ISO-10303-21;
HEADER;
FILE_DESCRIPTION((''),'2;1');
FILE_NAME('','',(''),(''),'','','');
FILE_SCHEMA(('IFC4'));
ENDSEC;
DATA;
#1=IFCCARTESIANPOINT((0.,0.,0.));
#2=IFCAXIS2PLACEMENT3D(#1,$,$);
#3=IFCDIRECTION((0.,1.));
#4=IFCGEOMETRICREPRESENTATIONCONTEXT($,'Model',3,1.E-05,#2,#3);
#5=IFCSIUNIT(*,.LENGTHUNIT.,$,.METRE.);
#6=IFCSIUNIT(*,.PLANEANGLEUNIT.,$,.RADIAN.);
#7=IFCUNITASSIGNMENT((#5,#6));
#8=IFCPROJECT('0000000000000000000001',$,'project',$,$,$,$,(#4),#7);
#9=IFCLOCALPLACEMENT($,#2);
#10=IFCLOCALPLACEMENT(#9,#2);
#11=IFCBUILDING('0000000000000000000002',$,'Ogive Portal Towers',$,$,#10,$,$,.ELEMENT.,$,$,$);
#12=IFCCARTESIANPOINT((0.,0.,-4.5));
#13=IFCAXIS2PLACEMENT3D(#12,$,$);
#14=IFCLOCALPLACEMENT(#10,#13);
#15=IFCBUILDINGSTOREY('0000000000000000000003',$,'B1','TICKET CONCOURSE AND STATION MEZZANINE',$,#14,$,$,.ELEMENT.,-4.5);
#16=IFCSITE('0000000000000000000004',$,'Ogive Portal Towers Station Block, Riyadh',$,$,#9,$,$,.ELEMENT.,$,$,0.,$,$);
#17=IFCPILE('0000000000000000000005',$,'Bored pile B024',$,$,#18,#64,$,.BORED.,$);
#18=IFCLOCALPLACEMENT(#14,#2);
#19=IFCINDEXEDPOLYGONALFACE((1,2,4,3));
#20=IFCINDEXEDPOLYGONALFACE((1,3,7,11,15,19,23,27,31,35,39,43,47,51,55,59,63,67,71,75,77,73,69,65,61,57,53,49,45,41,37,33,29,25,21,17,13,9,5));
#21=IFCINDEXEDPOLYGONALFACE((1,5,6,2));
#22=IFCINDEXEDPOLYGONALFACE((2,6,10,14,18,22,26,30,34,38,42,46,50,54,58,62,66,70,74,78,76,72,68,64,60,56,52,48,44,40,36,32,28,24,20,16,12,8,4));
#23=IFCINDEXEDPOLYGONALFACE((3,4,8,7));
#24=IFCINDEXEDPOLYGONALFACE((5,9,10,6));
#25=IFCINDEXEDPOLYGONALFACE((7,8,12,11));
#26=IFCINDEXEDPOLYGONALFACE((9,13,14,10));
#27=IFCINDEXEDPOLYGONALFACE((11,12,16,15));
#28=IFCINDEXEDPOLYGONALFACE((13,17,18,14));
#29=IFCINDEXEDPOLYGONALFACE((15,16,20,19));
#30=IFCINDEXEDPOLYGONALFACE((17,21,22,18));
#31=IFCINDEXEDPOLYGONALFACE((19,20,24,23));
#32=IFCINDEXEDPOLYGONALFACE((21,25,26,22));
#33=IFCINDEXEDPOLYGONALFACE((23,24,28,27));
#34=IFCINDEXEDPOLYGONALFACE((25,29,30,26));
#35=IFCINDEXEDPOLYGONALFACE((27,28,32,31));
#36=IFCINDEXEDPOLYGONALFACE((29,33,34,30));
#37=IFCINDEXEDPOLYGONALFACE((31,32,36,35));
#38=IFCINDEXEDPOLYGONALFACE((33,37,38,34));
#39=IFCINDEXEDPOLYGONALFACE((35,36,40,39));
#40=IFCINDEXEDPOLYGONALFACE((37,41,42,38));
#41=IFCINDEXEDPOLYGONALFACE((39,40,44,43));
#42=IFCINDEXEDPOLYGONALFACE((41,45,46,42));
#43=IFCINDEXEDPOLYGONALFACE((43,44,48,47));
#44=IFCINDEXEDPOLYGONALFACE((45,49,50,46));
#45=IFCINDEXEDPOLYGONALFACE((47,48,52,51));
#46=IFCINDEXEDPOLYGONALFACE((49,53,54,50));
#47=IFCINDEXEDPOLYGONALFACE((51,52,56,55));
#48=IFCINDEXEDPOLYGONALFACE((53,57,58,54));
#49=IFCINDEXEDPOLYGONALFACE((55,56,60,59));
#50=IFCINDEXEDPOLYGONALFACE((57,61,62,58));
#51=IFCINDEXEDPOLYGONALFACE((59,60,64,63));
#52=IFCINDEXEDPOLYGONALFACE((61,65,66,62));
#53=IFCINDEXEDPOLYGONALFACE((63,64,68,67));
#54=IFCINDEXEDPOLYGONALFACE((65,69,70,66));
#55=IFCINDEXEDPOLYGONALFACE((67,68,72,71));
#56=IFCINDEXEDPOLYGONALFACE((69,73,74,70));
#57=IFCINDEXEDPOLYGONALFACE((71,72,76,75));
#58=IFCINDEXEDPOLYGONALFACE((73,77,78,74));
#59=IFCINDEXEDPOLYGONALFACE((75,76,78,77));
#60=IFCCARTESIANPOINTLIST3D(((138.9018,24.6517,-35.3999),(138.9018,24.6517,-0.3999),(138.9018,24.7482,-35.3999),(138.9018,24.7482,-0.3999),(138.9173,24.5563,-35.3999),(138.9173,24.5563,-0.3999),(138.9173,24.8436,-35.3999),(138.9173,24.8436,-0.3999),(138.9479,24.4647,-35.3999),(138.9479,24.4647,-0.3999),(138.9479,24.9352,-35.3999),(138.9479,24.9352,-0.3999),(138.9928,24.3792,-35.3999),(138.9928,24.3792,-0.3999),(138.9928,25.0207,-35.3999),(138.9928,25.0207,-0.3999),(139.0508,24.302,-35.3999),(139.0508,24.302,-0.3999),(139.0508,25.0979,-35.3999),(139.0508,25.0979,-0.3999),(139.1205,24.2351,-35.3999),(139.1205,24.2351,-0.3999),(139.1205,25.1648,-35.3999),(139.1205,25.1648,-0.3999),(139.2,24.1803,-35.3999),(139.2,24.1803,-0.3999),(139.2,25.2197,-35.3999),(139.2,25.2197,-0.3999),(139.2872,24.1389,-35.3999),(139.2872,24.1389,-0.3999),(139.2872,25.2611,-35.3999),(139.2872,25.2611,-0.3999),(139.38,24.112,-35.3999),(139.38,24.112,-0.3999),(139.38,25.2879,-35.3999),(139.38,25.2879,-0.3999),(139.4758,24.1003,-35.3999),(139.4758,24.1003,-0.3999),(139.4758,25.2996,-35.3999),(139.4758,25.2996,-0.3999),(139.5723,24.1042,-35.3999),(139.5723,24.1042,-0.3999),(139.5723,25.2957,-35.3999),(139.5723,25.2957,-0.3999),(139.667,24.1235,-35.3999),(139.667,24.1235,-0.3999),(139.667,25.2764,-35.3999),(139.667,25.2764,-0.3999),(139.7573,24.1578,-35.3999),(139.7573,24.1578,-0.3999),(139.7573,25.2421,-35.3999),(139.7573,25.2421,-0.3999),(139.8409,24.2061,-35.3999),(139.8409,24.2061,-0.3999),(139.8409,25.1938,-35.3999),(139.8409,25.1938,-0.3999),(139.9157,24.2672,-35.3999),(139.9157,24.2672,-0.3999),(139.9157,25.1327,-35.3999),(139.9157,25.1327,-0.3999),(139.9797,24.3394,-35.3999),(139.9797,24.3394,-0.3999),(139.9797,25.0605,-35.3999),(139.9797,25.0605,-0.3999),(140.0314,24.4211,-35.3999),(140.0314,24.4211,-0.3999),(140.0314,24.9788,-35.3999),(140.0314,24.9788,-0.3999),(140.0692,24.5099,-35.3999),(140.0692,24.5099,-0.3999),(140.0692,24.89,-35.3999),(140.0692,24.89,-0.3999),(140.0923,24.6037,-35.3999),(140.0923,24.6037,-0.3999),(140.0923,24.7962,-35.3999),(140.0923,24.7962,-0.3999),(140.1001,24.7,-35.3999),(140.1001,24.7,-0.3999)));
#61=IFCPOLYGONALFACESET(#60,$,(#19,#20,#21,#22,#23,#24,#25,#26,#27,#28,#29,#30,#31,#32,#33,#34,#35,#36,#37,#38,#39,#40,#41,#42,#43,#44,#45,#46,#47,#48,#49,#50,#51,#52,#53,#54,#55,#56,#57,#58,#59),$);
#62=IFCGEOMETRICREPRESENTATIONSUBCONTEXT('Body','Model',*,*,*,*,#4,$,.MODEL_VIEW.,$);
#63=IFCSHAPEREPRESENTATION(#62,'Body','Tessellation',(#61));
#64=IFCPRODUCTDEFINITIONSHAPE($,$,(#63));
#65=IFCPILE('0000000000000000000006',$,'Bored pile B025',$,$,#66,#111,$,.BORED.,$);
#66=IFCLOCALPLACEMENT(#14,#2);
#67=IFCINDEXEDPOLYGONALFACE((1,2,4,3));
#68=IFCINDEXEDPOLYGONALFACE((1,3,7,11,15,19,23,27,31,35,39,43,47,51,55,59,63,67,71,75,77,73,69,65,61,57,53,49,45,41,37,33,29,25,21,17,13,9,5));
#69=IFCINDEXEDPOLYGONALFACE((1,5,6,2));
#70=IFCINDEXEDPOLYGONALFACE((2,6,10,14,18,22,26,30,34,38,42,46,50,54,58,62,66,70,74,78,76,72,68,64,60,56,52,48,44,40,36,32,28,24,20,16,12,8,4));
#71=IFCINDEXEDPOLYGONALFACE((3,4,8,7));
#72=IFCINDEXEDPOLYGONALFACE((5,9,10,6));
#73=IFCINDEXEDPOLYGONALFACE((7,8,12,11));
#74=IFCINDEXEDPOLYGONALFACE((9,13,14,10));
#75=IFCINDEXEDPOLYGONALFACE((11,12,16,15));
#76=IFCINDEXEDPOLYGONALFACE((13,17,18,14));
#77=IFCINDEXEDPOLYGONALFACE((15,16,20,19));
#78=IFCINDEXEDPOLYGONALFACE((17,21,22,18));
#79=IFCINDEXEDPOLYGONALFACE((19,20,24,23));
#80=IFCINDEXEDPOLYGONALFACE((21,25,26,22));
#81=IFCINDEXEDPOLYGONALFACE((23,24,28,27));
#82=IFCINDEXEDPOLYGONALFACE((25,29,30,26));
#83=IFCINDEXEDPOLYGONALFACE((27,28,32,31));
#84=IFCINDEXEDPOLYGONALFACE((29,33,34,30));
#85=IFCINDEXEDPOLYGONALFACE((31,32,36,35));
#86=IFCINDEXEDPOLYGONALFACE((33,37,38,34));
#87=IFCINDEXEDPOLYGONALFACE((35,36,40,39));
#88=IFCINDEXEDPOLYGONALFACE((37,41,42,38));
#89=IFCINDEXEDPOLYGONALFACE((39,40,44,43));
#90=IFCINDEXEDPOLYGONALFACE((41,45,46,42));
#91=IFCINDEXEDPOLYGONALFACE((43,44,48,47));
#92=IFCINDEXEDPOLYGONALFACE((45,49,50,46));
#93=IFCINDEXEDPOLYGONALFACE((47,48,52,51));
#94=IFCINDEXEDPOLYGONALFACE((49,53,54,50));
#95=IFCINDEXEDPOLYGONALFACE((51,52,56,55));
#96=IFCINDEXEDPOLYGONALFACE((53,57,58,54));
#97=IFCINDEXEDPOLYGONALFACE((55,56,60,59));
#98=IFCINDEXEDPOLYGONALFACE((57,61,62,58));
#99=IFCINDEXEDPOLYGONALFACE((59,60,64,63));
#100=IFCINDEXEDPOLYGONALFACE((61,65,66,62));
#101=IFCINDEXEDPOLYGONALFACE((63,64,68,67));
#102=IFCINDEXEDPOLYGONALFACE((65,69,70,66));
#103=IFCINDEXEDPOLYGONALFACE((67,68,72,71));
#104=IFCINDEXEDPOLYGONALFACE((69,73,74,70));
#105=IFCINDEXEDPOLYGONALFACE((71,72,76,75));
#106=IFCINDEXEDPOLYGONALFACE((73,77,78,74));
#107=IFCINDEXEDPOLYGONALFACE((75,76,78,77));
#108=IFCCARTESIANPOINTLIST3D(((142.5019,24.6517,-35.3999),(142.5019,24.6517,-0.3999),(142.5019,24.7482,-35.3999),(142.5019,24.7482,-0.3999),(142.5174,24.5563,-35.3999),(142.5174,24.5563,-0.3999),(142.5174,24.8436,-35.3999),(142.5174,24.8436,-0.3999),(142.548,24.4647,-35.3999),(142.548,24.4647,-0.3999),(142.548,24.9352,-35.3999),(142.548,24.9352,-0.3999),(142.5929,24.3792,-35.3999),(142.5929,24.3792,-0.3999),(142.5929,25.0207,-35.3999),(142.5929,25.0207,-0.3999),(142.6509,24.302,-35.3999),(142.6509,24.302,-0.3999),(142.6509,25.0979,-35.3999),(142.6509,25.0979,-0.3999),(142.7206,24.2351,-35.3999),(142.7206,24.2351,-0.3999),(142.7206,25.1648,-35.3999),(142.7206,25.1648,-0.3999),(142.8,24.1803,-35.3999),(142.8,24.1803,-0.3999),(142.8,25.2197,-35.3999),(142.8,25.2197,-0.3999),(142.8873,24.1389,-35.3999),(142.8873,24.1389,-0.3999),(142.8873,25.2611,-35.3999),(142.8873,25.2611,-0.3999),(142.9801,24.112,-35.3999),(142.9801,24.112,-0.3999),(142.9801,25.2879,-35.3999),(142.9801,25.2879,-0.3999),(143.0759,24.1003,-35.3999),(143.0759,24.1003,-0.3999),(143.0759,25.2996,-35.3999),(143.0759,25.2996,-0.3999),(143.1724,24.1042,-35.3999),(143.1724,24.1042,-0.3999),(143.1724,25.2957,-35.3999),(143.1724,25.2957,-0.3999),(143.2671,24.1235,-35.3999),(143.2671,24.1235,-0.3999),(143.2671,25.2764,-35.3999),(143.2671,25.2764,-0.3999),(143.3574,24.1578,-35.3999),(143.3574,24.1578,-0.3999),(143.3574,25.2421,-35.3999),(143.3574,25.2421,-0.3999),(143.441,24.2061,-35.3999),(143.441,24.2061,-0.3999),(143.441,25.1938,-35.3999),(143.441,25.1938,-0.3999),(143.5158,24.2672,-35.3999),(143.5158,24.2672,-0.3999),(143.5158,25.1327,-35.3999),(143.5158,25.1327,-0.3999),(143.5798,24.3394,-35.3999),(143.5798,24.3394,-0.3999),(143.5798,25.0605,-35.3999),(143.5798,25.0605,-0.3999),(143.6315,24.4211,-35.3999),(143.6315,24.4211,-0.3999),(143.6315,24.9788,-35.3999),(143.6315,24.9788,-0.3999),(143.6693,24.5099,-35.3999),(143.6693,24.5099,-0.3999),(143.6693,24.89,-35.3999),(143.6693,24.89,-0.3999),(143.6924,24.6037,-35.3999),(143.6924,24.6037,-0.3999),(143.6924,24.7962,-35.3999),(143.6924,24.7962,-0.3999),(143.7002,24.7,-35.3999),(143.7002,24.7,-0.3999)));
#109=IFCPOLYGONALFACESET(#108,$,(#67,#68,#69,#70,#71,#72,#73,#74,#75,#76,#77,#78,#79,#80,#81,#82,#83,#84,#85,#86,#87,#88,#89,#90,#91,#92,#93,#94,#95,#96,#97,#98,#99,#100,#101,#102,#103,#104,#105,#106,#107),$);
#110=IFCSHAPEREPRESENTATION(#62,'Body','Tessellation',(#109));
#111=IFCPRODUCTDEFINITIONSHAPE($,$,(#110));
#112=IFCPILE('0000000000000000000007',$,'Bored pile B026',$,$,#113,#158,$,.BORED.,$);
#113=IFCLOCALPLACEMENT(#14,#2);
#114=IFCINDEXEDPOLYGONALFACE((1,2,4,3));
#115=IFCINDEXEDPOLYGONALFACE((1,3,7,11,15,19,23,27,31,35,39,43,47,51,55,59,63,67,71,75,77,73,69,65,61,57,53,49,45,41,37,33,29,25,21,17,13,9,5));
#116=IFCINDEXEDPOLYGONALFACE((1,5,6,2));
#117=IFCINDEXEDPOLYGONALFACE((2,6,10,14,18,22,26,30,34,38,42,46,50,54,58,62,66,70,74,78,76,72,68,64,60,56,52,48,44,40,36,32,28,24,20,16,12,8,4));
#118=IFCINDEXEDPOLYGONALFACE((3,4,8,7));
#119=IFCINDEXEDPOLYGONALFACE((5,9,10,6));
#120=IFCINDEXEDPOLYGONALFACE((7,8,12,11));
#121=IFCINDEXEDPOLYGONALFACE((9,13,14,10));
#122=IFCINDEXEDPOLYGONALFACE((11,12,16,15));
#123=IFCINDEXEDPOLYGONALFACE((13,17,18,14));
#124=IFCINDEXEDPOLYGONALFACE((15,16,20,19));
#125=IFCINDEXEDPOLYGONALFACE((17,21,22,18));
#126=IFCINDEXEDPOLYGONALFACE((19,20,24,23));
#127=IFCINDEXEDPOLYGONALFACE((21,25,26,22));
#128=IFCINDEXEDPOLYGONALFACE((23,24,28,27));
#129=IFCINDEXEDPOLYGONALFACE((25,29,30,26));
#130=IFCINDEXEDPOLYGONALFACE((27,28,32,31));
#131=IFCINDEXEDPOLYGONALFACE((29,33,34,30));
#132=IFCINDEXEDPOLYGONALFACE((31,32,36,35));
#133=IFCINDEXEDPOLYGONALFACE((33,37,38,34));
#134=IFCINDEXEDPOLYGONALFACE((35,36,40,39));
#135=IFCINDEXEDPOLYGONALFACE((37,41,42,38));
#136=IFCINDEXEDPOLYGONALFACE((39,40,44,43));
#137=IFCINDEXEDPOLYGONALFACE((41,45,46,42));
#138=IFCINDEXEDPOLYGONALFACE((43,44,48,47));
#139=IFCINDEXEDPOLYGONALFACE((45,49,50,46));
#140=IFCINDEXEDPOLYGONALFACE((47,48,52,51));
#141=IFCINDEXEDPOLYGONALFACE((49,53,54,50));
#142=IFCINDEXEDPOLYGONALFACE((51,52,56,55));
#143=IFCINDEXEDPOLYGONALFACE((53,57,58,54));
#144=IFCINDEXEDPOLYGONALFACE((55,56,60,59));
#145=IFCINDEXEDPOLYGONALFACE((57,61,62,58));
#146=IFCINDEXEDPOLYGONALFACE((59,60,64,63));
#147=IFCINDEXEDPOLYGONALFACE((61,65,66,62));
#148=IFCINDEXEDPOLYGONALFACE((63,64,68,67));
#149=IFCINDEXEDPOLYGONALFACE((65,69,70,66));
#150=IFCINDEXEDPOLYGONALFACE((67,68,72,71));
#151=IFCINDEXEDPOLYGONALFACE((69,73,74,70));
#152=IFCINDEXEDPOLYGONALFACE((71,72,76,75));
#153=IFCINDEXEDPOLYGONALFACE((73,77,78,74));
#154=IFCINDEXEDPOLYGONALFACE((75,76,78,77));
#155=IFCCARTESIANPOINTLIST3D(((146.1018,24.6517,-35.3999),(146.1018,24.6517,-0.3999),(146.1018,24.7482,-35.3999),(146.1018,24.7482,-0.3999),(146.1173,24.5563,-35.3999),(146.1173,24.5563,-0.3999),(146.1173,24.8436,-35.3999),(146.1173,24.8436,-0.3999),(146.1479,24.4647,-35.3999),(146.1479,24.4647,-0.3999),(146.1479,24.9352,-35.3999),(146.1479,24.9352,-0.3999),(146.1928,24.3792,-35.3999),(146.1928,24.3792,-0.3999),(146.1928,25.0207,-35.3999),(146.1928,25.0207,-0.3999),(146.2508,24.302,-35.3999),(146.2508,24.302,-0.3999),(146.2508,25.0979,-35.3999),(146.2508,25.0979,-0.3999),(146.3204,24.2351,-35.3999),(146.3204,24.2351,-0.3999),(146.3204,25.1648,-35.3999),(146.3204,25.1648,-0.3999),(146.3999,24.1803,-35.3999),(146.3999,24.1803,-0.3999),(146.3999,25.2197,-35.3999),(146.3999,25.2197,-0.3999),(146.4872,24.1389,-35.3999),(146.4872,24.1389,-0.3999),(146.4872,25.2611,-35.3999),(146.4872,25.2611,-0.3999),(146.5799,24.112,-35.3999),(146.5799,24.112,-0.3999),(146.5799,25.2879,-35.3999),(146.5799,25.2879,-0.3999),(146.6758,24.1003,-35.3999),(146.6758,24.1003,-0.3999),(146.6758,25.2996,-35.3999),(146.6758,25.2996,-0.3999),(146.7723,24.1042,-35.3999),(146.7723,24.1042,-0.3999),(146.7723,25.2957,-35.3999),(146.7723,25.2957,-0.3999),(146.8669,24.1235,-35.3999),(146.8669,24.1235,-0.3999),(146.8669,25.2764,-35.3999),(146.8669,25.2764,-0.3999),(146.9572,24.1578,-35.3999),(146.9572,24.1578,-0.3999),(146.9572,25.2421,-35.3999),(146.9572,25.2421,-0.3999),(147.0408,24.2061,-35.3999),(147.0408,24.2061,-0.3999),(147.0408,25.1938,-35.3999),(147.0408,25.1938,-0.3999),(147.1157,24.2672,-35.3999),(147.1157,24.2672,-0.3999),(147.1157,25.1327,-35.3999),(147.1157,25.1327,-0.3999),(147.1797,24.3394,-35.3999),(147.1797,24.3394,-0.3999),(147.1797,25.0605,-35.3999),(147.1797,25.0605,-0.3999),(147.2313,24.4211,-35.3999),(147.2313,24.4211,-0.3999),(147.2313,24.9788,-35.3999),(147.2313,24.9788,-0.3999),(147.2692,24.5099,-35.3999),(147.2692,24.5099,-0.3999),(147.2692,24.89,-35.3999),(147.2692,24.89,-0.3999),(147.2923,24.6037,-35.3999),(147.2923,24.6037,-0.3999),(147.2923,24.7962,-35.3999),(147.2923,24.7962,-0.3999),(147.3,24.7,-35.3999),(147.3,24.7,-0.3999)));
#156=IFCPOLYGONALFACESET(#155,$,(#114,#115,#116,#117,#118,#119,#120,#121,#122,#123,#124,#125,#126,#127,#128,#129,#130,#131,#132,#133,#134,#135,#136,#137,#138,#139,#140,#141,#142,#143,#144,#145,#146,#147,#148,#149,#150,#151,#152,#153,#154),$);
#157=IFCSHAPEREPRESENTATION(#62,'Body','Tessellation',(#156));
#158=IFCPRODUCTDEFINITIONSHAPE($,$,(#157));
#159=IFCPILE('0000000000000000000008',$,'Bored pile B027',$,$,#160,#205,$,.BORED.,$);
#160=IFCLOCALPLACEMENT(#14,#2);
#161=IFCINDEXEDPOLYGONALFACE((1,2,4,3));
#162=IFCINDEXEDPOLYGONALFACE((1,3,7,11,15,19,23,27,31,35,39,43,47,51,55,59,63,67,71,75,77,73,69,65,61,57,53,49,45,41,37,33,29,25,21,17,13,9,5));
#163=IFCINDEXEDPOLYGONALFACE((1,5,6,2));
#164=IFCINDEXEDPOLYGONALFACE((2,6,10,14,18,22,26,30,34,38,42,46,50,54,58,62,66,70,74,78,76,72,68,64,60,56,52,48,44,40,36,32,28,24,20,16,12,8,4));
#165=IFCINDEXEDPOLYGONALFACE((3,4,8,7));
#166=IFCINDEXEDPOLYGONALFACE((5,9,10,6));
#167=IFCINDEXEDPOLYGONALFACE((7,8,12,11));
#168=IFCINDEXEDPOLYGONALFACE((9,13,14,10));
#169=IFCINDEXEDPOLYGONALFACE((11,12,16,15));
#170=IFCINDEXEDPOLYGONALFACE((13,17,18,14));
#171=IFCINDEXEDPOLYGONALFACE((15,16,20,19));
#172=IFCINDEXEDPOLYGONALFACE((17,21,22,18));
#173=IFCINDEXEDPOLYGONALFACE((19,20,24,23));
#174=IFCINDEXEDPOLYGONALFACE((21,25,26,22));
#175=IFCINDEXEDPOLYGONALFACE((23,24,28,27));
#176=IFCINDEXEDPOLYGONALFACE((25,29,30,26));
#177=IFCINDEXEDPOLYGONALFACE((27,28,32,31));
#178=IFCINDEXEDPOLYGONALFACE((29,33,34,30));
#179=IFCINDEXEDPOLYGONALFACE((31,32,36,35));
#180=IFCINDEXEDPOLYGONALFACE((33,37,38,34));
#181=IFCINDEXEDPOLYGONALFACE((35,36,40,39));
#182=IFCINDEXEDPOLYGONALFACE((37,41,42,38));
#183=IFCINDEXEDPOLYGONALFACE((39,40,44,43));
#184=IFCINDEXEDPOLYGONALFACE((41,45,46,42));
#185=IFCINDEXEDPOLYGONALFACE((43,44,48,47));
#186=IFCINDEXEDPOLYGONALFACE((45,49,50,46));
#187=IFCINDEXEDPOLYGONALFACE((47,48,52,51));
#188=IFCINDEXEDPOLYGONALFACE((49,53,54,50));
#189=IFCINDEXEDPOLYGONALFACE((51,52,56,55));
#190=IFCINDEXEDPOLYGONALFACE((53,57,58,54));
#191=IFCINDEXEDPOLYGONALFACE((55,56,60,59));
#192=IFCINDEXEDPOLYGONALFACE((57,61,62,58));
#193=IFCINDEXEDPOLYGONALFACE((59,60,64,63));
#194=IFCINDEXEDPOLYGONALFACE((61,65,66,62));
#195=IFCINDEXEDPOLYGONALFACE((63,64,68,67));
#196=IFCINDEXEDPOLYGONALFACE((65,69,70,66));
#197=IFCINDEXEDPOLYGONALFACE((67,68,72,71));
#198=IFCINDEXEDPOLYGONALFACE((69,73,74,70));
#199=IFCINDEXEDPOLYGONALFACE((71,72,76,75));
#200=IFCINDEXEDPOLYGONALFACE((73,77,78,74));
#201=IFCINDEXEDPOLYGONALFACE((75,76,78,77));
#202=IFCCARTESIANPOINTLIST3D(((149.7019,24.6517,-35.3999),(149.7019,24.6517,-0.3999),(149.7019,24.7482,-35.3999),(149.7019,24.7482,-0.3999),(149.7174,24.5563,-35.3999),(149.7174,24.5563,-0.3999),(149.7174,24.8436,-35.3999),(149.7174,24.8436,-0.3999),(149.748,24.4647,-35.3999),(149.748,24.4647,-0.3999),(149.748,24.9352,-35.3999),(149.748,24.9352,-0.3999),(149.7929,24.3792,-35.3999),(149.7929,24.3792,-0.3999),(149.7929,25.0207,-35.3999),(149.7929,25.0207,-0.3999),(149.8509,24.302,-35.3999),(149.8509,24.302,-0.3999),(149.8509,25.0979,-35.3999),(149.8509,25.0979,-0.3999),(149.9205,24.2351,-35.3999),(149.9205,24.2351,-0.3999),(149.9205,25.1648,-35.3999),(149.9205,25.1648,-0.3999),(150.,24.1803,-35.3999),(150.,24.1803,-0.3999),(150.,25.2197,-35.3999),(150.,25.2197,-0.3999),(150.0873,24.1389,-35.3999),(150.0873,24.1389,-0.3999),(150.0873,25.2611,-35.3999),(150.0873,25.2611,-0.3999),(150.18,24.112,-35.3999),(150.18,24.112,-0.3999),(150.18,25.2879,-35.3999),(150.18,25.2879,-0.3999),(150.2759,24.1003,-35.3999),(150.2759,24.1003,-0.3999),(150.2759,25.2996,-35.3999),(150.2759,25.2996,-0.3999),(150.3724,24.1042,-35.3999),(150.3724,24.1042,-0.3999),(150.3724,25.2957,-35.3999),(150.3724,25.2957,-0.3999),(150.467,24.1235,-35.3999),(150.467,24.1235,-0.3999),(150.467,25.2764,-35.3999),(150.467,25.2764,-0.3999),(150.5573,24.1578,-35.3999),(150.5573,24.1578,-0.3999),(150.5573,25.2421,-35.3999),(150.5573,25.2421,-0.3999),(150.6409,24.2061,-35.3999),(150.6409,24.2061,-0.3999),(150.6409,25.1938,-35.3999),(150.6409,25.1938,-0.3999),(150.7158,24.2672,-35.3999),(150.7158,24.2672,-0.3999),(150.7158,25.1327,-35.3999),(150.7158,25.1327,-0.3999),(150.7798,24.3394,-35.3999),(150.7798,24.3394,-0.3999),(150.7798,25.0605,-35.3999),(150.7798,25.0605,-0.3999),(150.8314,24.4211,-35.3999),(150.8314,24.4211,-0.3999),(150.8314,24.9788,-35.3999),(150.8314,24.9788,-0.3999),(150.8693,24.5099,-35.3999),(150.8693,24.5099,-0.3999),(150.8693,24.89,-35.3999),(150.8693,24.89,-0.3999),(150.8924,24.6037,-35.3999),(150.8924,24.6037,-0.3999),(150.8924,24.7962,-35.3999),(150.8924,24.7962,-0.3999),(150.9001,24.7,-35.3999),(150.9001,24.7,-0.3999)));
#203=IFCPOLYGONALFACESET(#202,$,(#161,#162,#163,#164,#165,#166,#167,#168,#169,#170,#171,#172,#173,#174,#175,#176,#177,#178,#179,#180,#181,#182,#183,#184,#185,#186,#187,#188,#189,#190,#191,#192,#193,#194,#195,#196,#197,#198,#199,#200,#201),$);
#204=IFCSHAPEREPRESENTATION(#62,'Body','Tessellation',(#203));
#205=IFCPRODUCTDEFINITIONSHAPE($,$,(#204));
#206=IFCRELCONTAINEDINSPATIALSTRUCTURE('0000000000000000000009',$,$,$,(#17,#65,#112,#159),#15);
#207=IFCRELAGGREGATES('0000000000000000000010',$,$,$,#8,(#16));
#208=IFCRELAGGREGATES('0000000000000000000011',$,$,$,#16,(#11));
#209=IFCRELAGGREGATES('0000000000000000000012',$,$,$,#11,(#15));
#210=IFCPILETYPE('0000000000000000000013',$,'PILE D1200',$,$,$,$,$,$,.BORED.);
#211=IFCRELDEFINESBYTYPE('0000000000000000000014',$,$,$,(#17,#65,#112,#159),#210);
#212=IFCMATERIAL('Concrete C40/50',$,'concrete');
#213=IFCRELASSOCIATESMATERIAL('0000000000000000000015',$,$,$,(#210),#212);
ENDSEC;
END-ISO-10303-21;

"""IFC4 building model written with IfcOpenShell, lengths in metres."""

from ifc_helpers import new_model, si_unit, direction, frame, origin, origin_2d, place, context, subcontext, project, spatial, circle, extrude, material, material_profile, profile_set, type_object, element, save


model = new_model("IFC4")

# Units and contexts
model_context = context("Model", 3, precision=1e-05, world=origin(), true_north=direction((0.0, 1.0)))
body_context = subcontext(model_context, "Body", "Model", "MODEL_VIEW")
ifc_project = project(units=[si_unit("LENGTHUNIT", "METRE"), si_unit("PLANEANGLEUNIT", "RADIAN")], contexts=[model_context])

# Site, building, storey
site_placement = place(None, origin())
site = spatial("IfcSite", under=ifc_project, at=site_placement, Name="Ogive Portal Towers Station Block, Riyadh", CompositionType="ELEMENT", RefElevation=0.0)
building_placement = place(site_placement, origin())
building = spatial("IfcBuilding", under=site, at=building_placement, Name="Ogive Portal Towers", CompositionType="ELEMENT")
storey_placement = place(building_placement, frame((0.0, 0.0, -4.5)))
storey = spatial("IfcBuildingStorey", under=building, at=storey_placement, Name="B1", Description="TICKET CONCOURSE AND STATION MEZZANINE", CompositionType="ELEMENT", Elevation=-4.5)

# Piles
ifc_material_1 = material(Name="Concrete C40/50", Category="concrete")
ifc_material_profile_1 = material_profile(ifc_material_1, circle(Radius=0.6001, at=origin_2d()), Name="PILE D1200")
ifc_profile_set_1 = profile_set([ifc_material_profile_1], Name="Concrete C40/50")
pile_type = type_object("IfcPileType", Name="PILE D1200", PredefinedType="BORED", material=ifc_profile_set_1)
for number, where, z_axis, x_axis, name in (
    (1, (139.5, 24.7, -0.3999), (0.0, 0.0, -1.0), (1.0, 0.0, 0.0), "Bored pile B024"),
    (2, (143.1001, 24.7, -0.3999), (0.0, 0.0, -1.0), (1.0, 0.0, 0.0), "Bored pile B025"),
    (3, (146.7, 24.7, -0.3999), (0.0, 0.0, -1.0), (1.0, 0.0, 0.0), "Bored pile B026"),
    (4, (150.3, 24.7, -0.3999), (0.0, 0.0, -1.0), (1.0, 0.0, 0.0), "Bored pile B027"),
):
    element("IfcPile", number, at=place(storey_placement, frame(where, z_axis=z_axis, x_axis=x_axis)), inside=storey, type_object=pile_type, Name=name, PredefinedType="BORED", context=body_context, shape_type="SweptSolid", body=[
        extrude(circle(Radius=0.6001, at=origin_2d()), origin(), (0.0, 0.0, 1.0), 35.0),
    ])

save(model, "model.ifc")
